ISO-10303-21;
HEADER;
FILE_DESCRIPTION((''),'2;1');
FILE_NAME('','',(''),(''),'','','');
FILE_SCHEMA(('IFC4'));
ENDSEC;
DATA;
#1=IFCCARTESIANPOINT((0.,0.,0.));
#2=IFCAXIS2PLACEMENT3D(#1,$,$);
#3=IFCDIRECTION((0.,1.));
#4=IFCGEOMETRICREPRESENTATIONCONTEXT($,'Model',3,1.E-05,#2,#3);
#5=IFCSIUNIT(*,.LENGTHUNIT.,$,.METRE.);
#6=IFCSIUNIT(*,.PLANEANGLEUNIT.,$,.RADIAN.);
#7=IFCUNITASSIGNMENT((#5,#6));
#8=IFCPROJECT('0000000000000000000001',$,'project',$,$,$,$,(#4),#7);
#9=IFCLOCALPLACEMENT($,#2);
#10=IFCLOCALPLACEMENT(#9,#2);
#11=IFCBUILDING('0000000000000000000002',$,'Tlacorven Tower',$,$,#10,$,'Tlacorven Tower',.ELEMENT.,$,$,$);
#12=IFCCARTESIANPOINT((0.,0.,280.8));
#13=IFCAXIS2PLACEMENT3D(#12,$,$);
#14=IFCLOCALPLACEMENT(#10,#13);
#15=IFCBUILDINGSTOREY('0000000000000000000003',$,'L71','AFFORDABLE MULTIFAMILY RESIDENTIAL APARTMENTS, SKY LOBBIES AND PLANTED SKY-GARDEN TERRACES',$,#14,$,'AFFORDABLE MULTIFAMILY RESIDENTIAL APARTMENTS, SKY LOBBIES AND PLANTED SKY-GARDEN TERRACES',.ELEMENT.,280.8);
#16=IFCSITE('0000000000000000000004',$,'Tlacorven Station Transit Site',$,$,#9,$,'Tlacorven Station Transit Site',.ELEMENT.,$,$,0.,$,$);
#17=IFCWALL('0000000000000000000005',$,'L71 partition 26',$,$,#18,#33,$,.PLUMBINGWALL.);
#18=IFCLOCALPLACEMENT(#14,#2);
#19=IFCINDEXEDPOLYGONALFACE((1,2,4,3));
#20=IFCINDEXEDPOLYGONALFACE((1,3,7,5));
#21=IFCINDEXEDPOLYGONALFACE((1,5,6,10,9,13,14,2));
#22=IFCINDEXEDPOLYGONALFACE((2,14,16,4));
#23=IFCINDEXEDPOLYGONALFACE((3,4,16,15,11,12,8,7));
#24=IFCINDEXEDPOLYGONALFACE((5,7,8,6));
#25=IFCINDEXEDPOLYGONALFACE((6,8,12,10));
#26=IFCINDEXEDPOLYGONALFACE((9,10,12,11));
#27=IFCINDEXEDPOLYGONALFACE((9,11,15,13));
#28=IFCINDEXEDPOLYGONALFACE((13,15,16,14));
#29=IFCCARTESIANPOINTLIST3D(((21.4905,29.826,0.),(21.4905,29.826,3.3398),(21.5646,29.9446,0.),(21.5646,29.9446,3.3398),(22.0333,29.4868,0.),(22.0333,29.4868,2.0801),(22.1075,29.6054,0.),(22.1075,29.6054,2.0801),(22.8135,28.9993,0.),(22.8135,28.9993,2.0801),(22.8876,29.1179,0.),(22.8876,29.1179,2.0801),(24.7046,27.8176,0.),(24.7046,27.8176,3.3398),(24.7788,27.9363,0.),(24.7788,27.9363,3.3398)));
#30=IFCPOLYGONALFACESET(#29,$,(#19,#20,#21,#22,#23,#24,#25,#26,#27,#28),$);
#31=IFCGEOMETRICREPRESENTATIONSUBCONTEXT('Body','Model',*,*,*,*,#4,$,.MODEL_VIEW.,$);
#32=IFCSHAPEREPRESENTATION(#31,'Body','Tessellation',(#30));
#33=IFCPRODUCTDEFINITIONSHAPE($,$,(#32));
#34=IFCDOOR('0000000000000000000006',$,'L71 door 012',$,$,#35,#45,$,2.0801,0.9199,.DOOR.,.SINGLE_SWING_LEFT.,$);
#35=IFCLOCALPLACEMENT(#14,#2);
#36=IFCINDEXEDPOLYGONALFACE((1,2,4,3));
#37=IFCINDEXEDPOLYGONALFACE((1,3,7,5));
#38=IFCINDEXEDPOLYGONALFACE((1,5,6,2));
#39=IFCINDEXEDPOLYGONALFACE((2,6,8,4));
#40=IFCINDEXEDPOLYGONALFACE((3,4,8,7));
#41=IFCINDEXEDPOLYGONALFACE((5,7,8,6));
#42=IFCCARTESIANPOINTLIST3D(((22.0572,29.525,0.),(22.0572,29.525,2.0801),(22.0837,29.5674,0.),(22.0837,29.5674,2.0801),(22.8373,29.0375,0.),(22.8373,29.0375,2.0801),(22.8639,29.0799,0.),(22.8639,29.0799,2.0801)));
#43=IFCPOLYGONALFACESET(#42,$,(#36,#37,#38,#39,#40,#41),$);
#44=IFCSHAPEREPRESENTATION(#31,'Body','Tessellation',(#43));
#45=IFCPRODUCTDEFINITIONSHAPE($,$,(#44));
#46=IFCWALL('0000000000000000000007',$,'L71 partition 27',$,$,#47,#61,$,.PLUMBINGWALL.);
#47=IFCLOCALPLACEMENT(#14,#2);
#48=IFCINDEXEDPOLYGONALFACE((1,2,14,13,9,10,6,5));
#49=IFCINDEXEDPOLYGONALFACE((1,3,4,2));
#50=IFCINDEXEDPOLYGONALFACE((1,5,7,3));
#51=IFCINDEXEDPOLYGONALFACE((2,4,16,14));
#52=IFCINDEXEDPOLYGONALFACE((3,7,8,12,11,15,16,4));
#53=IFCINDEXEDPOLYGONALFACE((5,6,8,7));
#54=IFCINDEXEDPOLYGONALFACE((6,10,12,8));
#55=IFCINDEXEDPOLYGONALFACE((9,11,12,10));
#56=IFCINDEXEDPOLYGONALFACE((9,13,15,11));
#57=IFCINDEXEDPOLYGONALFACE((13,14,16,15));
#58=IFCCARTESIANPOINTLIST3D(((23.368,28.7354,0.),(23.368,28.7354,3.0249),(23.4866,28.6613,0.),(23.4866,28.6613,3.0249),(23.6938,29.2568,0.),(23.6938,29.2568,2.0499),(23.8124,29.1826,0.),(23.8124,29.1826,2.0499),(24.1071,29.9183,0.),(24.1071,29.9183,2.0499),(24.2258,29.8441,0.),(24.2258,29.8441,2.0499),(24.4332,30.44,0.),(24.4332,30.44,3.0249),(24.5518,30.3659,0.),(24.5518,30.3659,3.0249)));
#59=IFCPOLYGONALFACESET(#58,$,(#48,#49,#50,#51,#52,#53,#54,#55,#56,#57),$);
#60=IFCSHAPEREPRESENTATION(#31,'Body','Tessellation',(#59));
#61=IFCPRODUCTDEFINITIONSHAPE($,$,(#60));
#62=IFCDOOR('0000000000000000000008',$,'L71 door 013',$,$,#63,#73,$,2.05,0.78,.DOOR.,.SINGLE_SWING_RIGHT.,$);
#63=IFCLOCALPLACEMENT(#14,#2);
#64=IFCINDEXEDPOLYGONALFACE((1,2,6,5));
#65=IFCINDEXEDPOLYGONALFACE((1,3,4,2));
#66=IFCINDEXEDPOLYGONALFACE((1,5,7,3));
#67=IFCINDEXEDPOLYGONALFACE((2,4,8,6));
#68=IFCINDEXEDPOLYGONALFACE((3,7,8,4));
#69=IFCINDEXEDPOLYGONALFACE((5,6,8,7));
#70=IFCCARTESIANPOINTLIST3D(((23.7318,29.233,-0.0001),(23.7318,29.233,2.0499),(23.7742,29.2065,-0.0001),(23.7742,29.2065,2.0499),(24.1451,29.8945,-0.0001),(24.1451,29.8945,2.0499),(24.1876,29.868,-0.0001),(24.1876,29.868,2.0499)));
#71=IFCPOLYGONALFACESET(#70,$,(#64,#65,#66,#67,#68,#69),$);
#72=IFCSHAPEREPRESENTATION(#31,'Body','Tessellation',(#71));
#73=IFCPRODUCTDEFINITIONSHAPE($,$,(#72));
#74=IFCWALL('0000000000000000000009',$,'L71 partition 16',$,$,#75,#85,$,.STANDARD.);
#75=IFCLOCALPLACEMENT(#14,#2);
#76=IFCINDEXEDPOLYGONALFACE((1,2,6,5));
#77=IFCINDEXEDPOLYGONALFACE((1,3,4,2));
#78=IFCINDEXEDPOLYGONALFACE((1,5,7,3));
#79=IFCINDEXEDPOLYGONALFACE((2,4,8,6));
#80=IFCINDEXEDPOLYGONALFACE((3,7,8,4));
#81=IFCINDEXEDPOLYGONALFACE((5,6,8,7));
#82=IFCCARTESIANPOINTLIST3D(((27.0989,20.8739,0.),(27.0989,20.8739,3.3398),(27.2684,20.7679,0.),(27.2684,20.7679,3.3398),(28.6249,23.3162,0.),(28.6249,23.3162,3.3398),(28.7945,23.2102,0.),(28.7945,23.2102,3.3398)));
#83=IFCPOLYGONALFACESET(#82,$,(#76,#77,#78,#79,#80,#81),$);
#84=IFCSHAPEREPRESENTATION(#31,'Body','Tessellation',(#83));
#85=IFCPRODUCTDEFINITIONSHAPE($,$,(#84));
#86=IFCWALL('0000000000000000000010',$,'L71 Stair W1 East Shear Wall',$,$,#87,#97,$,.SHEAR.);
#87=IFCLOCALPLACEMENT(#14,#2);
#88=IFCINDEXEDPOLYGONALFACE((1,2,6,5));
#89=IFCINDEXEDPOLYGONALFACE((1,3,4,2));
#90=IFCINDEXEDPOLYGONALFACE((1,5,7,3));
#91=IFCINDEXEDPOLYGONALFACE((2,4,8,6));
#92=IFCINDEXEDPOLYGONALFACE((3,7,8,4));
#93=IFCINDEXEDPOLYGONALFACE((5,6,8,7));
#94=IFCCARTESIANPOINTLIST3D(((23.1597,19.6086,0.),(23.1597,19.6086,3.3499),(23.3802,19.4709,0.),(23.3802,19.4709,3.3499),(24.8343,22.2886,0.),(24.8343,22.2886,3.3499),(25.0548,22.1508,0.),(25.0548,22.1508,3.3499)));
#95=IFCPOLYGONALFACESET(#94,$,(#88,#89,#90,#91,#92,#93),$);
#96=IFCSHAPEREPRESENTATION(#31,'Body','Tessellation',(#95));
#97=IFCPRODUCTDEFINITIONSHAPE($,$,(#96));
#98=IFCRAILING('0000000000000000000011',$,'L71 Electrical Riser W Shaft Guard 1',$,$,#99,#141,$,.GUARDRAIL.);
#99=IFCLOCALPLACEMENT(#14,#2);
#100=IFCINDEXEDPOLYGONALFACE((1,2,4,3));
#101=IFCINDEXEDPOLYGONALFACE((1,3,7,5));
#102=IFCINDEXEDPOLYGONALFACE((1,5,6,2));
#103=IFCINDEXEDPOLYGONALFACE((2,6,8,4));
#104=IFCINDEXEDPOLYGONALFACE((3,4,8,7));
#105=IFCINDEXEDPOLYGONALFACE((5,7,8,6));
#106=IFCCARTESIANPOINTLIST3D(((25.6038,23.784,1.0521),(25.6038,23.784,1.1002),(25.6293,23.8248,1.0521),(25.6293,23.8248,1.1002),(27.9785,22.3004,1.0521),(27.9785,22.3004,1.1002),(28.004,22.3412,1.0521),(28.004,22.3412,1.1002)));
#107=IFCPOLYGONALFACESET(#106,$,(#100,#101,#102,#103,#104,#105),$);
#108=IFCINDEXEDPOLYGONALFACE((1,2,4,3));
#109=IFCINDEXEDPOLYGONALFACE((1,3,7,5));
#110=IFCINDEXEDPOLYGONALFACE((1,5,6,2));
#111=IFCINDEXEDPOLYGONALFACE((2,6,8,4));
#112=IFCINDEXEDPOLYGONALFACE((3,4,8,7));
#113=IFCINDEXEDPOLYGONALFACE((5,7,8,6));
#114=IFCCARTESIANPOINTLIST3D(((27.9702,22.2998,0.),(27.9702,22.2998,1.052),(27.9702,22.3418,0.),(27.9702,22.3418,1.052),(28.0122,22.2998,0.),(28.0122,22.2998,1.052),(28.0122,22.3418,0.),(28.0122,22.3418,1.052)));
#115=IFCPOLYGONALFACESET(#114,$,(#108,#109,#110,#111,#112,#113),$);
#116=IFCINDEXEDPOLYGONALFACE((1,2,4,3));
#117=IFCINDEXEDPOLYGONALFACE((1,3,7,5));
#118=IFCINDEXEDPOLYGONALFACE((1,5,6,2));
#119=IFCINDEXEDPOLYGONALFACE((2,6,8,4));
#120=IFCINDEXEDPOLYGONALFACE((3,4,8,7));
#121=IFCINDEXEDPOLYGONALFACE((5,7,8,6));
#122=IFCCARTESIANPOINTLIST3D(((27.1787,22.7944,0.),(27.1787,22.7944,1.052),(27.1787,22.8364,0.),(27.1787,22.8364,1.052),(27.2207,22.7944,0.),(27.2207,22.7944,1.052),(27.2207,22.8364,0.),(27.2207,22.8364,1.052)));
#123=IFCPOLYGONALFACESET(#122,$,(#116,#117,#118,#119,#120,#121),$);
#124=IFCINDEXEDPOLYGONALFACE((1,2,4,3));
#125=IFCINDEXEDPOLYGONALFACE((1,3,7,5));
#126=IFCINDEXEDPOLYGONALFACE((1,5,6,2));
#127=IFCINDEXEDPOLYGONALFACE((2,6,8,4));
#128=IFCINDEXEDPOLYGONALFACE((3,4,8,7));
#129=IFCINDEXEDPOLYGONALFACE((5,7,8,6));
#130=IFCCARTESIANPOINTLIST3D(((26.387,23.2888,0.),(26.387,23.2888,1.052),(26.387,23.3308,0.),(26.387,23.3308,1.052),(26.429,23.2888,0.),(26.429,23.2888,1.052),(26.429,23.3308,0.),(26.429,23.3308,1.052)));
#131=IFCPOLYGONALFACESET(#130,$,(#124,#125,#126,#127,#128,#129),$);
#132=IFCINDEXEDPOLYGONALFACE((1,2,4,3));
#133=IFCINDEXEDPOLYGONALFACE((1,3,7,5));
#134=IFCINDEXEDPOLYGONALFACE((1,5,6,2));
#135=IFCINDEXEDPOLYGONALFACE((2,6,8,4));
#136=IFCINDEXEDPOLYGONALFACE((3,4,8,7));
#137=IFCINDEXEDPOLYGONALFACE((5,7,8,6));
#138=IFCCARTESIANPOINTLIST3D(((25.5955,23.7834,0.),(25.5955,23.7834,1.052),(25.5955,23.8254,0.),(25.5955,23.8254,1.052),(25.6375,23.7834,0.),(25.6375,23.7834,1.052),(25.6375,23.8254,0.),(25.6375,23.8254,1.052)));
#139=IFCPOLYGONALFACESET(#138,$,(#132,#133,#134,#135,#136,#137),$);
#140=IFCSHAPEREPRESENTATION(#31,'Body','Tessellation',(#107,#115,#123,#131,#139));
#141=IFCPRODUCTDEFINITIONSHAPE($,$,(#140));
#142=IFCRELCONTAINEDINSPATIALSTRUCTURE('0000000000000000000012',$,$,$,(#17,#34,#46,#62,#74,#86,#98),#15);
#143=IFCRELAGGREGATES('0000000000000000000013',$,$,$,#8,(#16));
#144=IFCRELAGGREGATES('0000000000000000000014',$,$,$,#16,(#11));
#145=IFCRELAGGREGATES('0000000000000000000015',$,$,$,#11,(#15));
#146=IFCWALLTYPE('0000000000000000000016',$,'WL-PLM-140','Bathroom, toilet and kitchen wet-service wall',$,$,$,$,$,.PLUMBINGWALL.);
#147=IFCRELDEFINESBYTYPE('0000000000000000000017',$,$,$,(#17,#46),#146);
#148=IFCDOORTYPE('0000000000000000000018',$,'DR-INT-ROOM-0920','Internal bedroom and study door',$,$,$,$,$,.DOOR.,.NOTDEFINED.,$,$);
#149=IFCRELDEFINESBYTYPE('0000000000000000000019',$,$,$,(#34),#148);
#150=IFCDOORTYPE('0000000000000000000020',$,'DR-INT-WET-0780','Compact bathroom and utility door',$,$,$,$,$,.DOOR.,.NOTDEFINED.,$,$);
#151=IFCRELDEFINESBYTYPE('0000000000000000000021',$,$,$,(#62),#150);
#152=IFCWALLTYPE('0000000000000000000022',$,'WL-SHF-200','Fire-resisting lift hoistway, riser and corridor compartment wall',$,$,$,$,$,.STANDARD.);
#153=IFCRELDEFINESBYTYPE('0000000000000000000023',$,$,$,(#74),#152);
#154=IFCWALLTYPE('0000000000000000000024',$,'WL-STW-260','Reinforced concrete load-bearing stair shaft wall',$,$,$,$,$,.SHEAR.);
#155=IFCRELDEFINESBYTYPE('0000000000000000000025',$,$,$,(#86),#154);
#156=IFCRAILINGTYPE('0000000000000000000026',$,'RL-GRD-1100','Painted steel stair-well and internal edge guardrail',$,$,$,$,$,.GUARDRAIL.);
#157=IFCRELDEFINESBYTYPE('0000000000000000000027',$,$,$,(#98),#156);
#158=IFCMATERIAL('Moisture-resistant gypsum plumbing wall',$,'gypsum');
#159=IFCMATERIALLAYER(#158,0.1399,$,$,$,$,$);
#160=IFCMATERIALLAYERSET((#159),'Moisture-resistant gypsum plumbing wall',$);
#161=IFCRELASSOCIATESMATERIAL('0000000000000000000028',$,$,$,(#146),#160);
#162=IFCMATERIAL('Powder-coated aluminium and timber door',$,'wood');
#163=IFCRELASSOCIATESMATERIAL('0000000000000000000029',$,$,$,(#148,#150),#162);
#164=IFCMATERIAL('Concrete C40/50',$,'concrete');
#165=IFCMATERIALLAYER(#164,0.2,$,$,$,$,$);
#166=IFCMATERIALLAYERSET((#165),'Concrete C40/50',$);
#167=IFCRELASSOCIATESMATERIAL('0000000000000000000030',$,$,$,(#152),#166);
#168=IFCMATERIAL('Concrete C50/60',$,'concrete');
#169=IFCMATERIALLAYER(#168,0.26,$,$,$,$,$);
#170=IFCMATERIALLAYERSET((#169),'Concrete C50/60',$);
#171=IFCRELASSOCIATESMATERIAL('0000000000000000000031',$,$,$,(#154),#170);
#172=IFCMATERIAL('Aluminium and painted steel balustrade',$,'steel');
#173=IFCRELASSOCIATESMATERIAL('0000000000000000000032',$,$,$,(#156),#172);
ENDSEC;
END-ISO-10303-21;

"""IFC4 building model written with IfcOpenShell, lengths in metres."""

from ifc_helpers import new_model, si_unit, direction, frame, frame_2d, origin, origin_2d, place, context, subcontext, project, spatial, rectangle, extrude, source, transform, mapped, material, layer, layer_set, type_object, element, fill, save


model = new_model("IFC4")

# Units and contexts
model_context = context("Model", 3, precision=1e-05, world=origin(), true_north=direction((0.0, 1.0)))
body_context = subcontext(model_context, "Body", "Model", "MODEL_VIEW")
ifc_project = project(units=[si_unit("LENGTHUNIT", "METRE"), si_unit("PLANEANGLEUNIT", "RADIAN")], contexts=[model_context])

# Site, building, storey
site_placement = place(None, origin())
site = spatial("IfcSite", under=ifc_project, at=site_placement, Name="Tlacorven Station Transit Site", LongName="Tlacorven Station Transit Site", CompositionType="ELEMENT", RefElevation=0.0)
building_placement = place(site_placement, origin())
building = spatial("IfcBuilding", under=site, at=building_placement, Name="Tlacorven Tower", LongName="Tlacorven Tower", CompositionType="ELEMENT")
storey_placement = place(building_placement, frame((0.0, 0.0, 280.8)))
storey = spatial("IfcBuildingStorey", under=building, at=storey_placement, Name="L71", Description="AFFORDABLE MULTIFAMILY RESIDENTIAL APARTMENTS, SKY LOBBIES AND PLANTED SKY-GARDEN TERRACES", LongName="AFFORDABLE MULTIFAMILY RESIDENTIAL APARTMENTS, SKY LOBBIES AND PLANTED SKY-GARDEN TERRACES", CompositionType="ELEMENT", Elevation=280.8)

# Shared definitions
ifc_material_1 = material(Name="Concrete C50/60", Category="concrete")

# Walls, openings, doors
ifc_material_2 = material(Name="Moisture-resistant gypsum plumbing wall", Category="gypsum")
ifc_layer_1 = layer(ifc_material_2, 0.1399)
ifc_layer_set_1 = layer_set([ifc_layer_1], Name="Moisture-resistant gypsum plumbing wall")
wall_type_1 = type_object("IfcWallType", Name="WL-PLM-140", Description="Bathroom, toilet and kitchen wet-service wall", PredefinedType="PLUMBINGWALL", material=ifc_layer_set_1)
wall_1_placement = place(storey_placement, frame((24.7417, 27.877, 0.0), z_axis=(0.0, 0.0, 1.0), x_axis=(-0.84806, 0.529901, 0.0)))
wall_1 = element("IfcWall", 1, at=wall_1_placement, inside=storey, type_object=wall_type_1, Name="L71 partition 26", PredefinedType="PLUMBINGWALL", context=body_context, shape_type="SweptSolid", body=[
    extrude(rectangle(XDim=3.79, YDim=0.1399, at=frame_2d((1.895, 0.0))), origin(), (0.0, 0.0, 1.0), 3.3398),
])
opening_1_placement = place(wall_1_placement, frame((2.23, 0.0, 0.0)))
opening_1 = element("IfcOpeningElement", 2, at=opening_1_placement, cuts=wall_1, PredefinedType="OPENING", context=body_context, shape_type="SweptSolid", body=[
    extrude(rectangle(XDim=0.9199, YDim=2.0801, at=frame_2d((0.46, 1.04))), frame((0.0, 0.0801, 0.0), z_axis=(0.0, -1.0, 0.0), x_axis=(1.0, 0.0, 0.0)), (0.0, 0.0, 1.0), 0.1599),
])
ifc_material_3 = material(Name="Powder-coated aluminium and timber door", Category="wood")
door_type_1 = type_object("IfcDoorType", Name="DR-INT-ROOM-0920", Description="Internal bedroom and study door", OperationType="NOTDEFINED", PredefinedType="DOOR", material=ifc_material_3)
shared_shape_1 = source(origin(), body_context, "Body", "SweptSolid", [
    extrude(rectangle(XDim=0.9199, YDim=2.0801, at=frame_2d((0.46, 1.04))), frame((0.0, 0.0249, 0.0), z_axis=(0.0, -1.0, 0.0), x_axis=(1.0, 0.0, 0.0)), (0.0, 0.0, 1.0), 0.05),
])
door_1_placement = place(opening_1_placement, origin())
door_1 = element("IfcDoor", 3, at=door_1_placement, inside=storey, type_object=door_type_1, Name="L71 door 012", OperationType="SINGLE_SWING_LEFT", OverallHeight=2.0801, OverallWidth=0.9199, PredefinedType="DOOR", context=body_context, shape_type="MappedRepresentation", body=[
    mapped(shared_shape_1, transform((0.0, 0.0, 0.0), scale=1.0)),
])
fill(opening_1, door_1)
wall_2_placement = place(storey_placement, frame((24.4924, 30.4028, 0.0), z_axis=(0.0, 0.0, 1.0), x_axis=(-0.529933, -0.848039, 0.0)))
wall_2 = element("IfcWall", 4, at=wall_2_placement, inside=storey, type_object=wall_type_1, Name="L71 partition 27", PredefinedType="PLUMBINGWALL", context=body_context, shape_type="SweptSolid", body=[
    extrude(rectangle(XDim=2.01, YDim=0.1399, at=frame_2d((1.0049, 0.0))), origin(), (0.0, 0.0, 1.0), 3.0249),
])
opening_2_placement = place(wall_2_placement, frame((0.615, 0.0, 0.0)))
opening_2 = element("IfcOpeningElement", 5, at=opening_2_placement, cuts=wall_2, PredefinedType="OPENING", context=body_context, shape_type="SweptSolid", body=[
    extrude(rectangle(XDim=0.78, YDim=2.05, at=frame_2d((0.3901, 1.0249))), frame((0.0, 0.0801, 0.0), z_axis=(0.0, -1.0, 0.0), x_axis=(1.0, 0.0, 0.0)), (0.0, 0.0, 1.0), 0.1599),
])
door_type_2 = type_object("IfcDoorType", Name="DR-INT-WET-0780", Description="Compact bathroom and utility door", OperationType="NOTDEFINED", PredefinedType="DOOR", material=ifc_material_3)
shared_shape_2 = source(origin(), body_context, "Body", "SweptSolid", [
    extrude(rectangle(XDim=0.78, YDim=2.05, at=frame_2d((0.3901, 1.0249))), frame((0.0, 0.0249, 0.0), z_axis=(0.0, -1.0, 0.0), x_axis=(1.0, 0.0, 0.0)), (0.0, 0.0, 1.0), 0.05),
])
door_2_placement = place(opening_2_placement, origin())
door_2 = element("IfcDoor", 6, at=door_2_placement, inside=storey, type_object=door_type_2, Name="L71 door 013", OperationType="SINGLE_SWING_RIGHT", OverallHeight=2.05, OverallWidth=0.78, PredefinedType="DOOR", context=body_context, shape_type="MappedRepresentation", body=[
    mapped(shared_shape_2, transform((0.0, 0.0, 0.0), scale=1.0)),
])
fill(opening_2, door_2)

# Wall
ifc_material_4 = material(Name="Concrete C40/50", Category="concrete")
ifc_layer_2 = layer(ifc_material_4, 0.2)
ifc_layer_set_2 = layer_set([ifc_layer_2], Name="Concrete C40/50")
wall_type_2 = type_object("IfcWallType", Name="WL-SHF-200", Description="Fire-resisting lift hoistway, riser and corridor compartment wall", PredefinedType="STANDARD", material=ifc_layer_set_2)
wall_3_placement = place(storey_placement, frame((28.7097, 23.2632, 0.0), z_axis=(0.0, 0.0, 1.0), x_axis=(-0.529907, -0.848055, 0.0)))
element("IfcWall", 7, at=wall_3_placement, inside=storey, type_object=wall_type_2, Name="L71 partition 16", PredefinedType="STANDARD", context=body_context, shape_type="SweptSolid", body=[
    extrude(rectangle(XDim=2.8799, YDim=0.2, at=frame_2d((1.4399, 0.0))), origin(), (0.0, 0.0, 1.0), 3.3398),
])

# Wall
ifc_layer_3 = layer(ifc_material_1, 0.26)
ifc_layer_set_3 = layer_set([ifc_layer_3], Name="Concrete C50/60")
wall_type_3 = type_object("IfcWallType", Name="WL-STW-260", Description="Reinforced concrete load-bearing stair shaft wall", PredefinedType="SHEAR", material=ifc_layer_set_3)
wall_4_placement = place(storey_placement, frame((24.9446, 22.2197, 0.0), z_axis=(0.0, 0.0, 1.0), x_axis=(-0.529909, -0.848055, 0.0)))
element("IfcWall", 8, at=wall_4_placement, inside=storey, type_object=wall_type_3, Name="L71 Stair W1 East Shear Wall", PredefinedType="SHEAR", context=body_context, shape_type="SweptSolid", body=[
    extrude(rectangle(XDim=3.1602, YDim=0.26, at=frame_2d((1.5801, 0.0))), origin(), (0.0, 0.0, 1.0), 3.3499),
])

# Railing
ifc_material_5 = material(Name="Aluminium and painted steel balustrade", Category="steel")
railing_type = type_object("IfcRailingType", Name="RL-GRD-1100", Description="Painted steel stair-well and internal edge guardrail", PredefinedType="GUARDRAIL", material=ifc_material_5)
shared_shape_3 = source(origin(), body_context, "Body", "SweptSolid", [
    extrude(rectangle(XDim=0.0481, YDim=0.0481, at=origin_2d()), frame((0.0, 0.0, 1.0762), z_axis=(-0.848091, 0.52985, 0.0), x_axis=(-0.52985, -0.848091, 0.0)), (0.0, 0.0, 1.0), 2.8),
    extrude(rectangle(XDim=0.042, YDim=0.042, at=origin_2d()), origin(), (0.0, 0.0, 1.0), 1.052),
    extrude(rectangle(XDim=0.042, YDim=0.042, at=origin_2d()), frame((-0.7915, 0.4946, 0.0)), (0.0, 0.0, 1.0), 1.052),
    extrude(rectangle(XDim=0.042, YDim=0.042, at=origin_2d()), frame((-1.5833, 0.989, 0.0)), (0.0, 0.0, 1.0), 1.052),
    extrude(rectangle(XDim=0.042, YDim=0.042, at=origin_2d()), frame((-2.3748, 1.4836, 0.0)), (0.0, 0.0, 1.0), 1.052),
])
railing_placement = place(storey_placement, frame((27.9912, 22.3208, 0.0)))
element("IfcRailing", 9, at=railing_placement, inside=storey, type_object=railing_type, Name="L71 Electrical Riser W Shaft Guard 1", PredefinedType="GUARDRAIL", context=body_context, shape_type="MappedRepresentation", body=[
    mapped(shared_shape_3, transform((0.0, 0.0, 0.0), scale=1.0)),
])

save(model, "model.ifc")
